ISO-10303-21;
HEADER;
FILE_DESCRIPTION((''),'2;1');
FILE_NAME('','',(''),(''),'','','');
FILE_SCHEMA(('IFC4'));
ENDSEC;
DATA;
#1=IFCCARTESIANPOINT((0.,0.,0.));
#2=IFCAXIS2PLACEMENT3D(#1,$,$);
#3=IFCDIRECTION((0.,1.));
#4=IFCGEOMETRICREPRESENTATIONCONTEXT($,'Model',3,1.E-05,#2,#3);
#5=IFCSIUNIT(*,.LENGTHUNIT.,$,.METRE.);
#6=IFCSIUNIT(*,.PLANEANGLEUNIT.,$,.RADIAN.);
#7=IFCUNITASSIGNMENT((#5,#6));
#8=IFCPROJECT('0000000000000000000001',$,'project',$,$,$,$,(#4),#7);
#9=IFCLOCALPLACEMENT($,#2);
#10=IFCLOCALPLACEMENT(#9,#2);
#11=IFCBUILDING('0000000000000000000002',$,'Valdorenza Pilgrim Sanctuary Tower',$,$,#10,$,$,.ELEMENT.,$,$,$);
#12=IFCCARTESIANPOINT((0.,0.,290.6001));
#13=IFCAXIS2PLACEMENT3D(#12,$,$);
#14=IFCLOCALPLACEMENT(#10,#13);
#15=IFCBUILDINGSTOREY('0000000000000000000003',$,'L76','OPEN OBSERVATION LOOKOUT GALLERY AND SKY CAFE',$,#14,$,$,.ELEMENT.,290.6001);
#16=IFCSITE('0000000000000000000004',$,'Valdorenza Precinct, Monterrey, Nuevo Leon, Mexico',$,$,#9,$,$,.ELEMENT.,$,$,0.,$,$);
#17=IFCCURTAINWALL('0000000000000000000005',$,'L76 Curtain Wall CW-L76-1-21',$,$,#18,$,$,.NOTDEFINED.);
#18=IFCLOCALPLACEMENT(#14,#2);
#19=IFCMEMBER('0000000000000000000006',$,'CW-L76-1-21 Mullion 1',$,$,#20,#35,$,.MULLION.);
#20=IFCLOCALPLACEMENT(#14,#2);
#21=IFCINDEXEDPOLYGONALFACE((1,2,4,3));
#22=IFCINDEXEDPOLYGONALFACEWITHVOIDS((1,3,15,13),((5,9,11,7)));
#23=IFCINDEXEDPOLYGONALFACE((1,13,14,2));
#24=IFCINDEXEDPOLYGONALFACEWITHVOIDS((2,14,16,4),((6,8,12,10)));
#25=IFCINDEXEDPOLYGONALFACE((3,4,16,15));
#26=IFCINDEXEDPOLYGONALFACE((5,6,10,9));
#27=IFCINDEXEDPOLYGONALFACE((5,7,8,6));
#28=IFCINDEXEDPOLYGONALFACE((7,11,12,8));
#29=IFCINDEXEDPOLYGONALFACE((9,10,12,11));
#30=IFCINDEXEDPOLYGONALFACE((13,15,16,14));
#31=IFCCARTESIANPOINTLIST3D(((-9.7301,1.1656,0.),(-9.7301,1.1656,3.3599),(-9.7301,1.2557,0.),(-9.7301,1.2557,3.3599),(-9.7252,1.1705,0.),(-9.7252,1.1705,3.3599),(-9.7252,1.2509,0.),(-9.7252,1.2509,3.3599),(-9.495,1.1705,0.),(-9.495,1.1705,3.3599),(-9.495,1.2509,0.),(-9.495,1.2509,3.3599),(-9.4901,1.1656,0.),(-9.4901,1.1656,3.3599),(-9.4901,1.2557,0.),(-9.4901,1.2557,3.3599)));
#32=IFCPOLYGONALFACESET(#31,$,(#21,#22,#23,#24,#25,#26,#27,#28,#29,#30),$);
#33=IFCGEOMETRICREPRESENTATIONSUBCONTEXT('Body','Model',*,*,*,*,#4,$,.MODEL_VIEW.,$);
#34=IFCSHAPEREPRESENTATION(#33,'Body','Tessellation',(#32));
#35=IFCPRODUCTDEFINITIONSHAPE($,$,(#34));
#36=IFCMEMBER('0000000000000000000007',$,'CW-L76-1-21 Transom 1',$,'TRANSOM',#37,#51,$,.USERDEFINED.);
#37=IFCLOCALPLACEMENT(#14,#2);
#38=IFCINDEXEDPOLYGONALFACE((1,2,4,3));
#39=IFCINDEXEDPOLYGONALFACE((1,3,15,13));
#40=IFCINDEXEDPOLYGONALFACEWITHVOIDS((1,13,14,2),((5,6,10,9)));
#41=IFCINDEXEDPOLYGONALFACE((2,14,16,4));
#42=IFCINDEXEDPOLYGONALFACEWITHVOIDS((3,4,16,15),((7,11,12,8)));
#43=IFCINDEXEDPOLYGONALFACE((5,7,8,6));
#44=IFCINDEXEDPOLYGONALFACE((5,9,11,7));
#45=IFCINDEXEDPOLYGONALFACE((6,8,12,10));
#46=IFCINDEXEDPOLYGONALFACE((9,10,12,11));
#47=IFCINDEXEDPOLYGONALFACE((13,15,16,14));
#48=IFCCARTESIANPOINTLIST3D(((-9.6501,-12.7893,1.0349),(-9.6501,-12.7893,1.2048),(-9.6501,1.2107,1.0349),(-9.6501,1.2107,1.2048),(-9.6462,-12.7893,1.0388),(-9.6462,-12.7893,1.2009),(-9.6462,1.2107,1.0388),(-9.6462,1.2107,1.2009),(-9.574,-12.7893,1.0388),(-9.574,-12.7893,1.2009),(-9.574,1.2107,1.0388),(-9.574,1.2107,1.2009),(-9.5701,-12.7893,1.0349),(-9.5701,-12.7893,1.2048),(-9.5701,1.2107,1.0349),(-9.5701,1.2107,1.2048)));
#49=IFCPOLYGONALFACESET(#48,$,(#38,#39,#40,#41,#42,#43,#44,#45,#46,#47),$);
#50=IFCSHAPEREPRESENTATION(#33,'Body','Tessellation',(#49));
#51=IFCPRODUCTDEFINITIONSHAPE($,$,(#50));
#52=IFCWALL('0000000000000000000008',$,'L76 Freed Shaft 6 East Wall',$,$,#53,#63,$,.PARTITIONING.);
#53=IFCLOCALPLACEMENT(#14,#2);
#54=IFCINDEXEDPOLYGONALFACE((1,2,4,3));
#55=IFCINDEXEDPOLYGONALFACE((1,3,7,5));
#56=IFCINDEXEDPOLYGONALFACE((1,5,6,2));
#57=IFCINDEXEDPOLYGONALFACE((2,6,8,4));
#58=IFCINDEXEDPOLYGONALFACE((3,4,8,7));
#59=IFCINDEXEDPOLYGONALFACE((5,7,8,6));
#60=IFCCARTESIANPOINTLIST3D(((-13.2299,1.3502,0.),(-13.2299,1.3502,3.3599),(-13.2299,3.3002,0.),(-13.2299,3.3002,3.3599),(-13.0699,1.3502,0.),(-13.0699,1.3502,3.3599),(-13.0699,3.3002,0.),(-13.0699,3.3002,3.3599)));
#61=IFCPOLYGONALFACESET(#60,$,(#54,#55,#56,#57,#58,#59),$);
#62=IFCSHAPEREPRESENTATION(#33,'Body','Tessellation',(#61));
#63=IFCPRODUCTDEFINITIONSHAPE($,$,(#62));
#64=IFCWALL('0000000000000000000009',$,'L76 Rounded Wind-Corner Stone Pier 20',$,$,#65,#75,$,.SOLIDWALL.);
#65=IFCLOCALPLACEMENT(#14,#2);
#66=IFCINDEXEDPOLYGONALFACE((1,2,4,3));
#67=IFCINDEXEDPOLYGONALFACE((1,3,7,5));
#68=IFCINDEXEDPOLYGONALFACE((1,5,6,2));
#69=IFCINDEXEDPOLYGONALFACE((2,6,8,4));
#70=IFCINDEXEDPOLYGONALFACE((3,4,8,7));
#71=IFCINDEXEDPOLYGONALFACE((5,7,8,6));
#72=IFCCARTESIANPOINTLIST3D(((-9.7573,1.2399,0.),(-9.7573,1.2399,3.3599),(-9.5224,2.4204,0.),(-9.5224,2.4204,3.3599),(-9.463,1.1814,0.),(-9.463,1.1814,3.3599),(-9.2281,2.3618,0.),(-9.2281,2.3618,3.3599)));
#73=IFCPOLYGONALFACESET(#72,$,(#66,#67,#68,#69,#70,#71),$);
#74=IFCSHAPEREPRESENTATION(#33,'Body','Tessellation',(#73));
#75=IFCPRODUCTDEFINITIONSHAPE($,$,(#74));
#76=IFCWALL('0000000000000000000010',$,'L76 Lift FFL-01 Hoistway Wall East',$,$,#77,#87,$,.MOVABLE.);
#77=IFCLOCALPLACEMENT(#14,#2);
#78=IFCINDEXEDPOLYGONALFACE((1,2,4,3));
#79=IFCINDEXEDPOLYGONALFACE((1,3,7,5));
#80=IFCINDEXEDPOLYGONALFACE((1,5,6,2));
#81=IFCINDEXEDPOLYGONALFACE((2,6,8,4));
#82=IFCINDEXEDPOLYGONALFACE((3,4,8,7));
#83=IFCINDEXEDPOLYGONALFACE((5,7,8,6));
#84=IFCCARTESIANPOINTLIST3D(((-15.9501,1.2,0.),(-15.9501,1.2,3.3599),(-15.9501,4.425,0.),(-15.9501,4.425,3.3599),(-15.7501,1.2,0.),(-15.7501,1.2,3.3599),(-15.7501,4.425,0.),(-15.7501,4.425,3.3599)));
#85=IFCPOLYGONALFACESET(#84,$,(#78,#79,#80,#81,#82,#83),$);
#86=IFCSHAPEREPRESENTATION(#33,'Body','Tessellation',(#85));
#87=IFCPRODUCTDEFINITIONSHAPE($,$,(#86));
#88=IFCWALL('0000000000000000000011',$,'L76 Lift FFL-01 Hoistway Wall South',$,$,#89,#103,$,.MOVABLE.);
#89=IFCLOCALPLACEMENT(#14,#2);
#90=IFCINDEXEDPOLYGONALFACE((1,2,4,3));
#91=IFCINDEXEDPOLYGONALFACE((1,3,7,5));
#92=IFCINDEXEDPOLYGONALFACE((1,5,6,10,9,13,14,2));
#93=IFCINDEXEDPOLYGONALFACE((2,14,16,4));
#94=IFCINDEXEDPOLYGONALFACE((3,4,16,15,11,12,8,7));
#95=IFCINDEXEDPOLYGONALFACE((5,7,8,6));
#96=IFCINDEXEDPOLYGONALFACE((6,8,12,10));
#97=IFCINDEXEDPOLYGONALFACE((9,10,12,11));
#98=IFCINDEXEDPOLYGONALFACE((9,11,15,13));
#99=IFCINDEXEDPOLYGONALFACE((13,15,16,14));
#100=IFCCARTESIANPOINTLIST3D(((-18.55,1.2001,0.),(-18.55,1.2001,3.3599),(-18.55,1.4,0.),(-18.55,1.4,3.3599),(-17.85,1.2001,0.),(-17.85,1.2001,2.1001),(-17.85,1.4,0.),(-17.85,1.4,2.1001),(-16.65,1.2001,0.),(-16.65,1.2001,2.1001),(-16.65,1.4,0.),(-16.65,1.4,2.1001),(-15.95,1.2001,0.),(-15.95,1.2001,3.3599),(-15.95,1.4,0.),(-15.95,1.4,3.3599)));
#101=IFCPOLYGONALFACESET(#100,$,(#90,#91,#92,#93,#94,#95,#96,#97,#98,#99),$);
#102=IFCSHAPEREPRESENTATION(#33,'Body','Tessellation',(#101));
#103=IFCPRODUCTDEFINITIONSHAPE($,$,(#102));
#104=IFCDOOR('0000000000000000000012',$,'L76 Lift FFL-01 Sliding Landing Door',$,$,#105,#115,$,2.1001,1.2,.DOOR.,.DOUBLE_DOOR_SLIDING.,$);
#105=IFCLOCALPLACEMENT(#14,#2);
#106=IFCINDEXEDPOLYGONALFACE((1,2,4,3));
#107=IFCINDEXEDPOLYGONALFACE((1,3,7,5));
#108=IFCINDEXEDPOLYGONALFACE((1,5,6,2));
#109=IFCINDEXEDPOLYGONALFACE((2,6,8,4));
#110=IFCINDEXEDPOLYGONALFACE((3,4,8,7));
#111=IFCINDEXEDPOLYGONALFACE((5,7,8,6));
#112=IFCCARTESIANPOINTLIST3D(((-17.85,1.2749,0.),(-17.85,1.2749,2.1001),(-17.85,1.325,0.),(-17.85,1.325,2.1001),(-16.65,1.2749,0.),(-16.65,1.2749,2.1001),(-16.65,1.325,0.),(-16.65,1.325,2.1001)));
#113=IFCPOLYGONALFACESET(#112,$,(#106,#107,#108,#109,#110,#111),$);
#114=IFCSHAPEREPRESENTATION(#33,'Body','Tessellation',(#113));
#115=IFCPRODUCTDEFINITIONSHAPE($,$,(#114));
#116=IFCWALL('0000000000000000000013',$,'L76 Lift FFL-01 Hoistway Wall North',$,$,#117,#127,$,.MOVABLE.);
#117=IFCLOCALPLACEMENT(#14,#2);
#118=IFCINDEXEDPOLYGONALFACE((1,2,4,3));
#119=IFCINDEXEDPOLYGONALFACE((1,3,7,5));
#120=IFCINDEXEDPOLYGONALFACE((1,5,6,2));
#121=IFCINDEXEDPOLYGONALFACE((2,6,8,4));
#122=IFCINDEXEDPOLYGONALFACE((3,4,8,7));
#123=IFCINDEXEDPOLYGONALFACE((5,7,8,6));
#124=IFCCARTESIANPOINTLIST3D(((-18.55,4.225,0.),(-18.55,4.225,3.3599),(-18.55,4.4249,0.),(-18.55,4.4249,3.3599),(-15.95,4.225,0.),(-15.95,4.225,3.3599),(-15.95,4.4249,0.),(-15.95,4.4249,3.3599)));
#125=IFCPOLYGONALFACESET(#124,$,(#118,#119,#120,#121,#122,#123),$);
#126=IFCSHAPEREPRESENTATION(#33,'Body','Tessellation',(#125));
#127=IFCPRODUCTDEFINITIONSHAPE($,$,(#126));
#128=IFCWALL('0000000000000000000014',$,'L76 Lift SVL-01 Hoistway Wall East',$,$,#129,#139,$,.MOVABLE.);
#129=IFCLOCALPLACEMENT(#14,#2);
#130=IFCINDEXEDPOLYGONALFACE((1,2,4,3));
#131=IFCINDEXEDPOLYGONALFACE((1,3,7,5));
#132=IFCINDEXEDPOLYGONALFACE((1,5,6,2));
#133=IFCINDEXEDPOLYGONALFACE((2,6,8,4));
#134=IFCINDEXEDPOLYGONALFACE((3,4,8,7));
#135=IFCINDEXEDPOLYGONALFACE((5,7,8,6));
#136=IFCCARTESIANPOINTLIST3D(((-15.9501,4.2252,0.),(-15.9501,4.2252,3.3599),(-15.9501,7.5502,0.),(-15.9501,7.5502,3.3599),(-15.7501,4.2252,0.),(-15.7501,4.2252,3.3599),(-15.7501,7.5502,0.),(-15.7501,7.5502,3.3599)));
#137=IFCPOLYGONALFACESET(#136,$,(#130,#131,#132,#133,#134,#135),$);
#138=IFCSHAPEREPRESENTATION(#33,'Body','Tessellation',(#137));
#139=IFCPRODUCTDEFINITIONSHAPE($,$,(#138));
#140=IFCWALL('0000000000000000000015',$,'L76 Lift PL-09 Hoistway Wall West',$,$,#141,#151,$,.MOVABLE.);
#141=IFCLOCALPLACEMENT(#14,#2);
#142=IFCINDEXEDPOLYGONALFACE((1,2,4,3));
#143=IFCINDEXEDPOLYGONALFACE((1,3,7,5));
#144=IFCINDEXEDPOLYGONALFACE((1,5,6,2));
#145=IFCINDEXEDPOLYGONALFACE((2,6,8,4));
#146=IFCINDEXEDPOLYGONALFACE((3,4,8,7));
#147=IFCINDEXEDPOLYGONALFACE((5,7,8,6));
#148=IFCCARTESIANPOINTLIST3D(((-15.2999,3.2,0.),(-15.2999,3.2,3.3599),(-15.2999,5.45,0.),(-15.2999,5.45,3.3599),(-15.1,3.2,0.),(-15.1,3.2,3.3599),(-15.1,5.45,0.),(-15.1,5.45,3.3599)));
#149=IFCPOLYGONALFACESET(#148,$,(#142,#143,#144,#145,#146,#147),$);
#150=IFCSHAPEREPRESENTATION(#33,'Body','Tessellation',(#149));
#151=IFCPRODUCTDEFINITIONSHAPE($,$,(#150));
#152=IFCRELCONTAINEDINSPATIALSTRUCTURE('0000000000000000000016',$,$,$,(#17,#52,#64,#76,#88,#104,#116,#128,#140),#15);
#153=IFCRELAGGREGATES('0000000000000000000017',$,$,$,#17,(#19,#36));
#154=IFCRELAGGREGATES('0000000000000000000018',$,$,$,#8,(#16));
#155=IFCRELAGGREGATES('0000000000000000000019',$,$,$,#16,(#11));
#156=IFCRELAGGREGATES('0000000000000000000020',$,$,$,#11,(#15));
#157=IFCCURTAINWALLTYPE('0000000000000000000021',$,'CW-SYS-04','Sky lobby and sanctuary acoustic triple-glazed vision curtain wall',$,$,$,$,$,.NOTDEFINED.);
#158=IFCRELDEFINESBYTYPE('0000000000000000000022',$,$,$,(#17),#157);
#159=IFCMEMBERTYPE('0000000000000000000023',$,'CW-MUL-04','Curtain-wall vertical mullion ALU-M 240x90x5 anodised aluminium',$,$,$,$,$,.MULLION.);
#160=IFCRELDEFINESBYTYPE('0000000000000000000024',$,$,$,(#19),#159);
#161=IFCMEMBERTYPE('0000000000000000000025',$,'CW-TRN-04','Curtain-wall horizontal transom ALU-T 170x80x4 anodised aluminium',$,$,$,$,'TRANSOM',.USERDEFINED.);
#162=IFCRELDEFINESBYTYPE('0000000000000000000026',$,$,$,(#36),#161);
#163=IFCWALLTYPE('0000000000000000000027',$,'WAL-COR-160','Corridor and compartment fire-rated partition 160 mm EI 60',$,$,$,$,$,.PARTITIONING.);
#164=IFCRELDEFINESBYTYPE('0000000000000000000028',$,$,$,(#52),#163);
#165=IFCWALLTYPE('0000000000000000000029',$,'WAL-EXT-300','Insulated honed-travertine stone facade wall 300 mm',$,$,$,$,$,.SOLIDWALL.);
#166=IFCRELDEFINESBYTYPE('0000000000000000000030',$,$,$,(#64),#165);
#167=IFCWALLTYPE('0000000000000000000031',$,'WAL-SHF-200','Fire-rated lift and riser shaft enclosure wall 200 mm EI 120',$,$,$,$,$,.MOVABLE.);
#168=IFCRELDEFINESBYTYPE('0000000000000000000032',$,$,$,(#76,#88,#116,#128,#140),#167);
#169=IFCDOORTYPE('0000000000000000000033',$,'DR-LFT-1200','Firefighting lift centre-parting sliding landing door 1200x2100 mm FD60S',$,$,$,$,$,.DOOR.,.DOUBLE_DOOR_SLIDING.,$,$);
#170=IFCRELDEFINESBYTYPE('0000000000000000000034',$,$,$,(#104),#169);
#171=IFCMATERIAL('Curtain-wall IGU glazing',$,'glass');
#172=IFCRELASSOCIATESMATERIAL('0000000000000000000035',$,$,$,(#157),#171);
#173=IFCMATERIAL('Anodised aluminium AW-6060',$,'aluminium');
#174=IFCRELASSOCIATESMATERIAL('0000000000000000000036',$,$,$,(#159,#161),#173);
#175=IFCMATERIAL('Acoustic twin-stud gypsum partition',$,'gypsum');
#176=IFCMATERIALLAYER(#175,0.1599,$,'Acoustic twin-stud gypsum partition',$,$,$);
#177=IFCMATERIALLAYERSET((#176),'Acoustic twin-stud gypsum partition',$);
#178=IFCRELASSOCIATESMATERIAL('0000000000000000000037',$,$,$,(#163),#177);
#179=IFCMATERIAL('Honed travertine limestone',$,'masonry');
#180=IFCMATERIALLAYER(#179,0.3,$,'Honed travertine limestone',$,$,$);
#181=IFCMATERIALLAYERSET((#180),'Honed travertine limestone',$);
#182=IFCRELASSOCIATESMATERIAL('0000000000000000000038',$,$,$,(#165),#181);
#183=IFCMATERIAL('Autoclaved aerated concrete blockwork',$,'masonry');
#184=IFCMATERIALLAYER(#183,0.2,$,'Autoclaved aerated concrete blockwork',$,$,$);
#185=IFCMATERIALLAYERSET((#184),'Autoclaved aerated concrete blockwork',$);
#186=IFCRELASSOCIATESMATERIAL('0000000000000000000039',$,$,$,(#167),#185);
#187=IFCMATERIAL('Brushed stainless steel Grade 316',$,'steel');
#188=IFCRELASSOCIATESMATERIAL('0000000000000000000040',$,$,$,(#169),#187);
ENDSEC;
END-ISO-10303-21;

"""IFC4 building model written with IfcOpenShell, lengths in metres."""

from ifc_helpers import new_model, si_unit, direction, frame, frame_2d, origin, origin_2d, place, context, subcontext, project, spatial, rectangle, hollow_rectangle, extrude, source, transform, mapped, material, layer, layer_set, material_profile, profile_set, type_object, element, fill, aggregate, save


model = new_model("IFC4")

# Units and contexts
model_context = context("Model", 3, precision=1e-05, world=origin(), true_north=direction((0.0, 1.0)))
body_context = subcontext(model_context, "Body", "Model", "MODEL_VIEW")
ifc_project = project(units=[si_unit("LENGTHUNIT", "METRE"), si_unit("PLANEANGLEUNIT", "RADIAN")], contexts=[model_context])

# Site, building, storey
site_placement = place(None, origin())
site = spatial("IfcSite", under=ifc_project, at=site_placement, Name="Valdorenza Precinct, Monterrey, Nuevo Leon, Mexico", CompositionType="ELEMENT", RefElevation=0.0)
building_placement = place(site_placement, origin())
building = spatial("IfcBuilding", under=site, at=building_placement, Name="Valdorenza Pilgrim Sanctuary Tower", CompositionType="ELEMENT")
storey_placement = place(building_placement, frame((0.0, 0.0, 290.6001)))
storey = spatial("IfcBuildingStorey", under=building, at=storey_placement, Name="L76", Description="OPEN OBSERVATION LOOKOUT GALLERY AND SKY CAFE", CompositionType="ELEMENT", Elevation=290.6001)

# Curtain wall, members
ifc_material_1 = material(Name="Curtain-wall IGU glazing", Category="glass")
curtain_wall_type = type_object("IfcCurtainWallType", Name="CW-SYS-04", Description="Sky lobby and sanctuary acoustic triple-glazed vision curtain wall", PredefinedType="NOTDEFINED", material=ifc_material_1)
curtain_wall_placement = place(storey_placement, origin())
curtain_wall = element("IfcCurtainWall", 1, at=curtain_wall_placement, inside=storey, type_object=curtain_wall_type, Name="L76 Curtain Wall CW-L76-1-21", PredefinedType="NOTDEFINED")
ifc_material_2 = material(Name="Anodised aluminium AW-6060", Category="aluminium")
ifc_material_profile_1 = material_profile(ifc_material_2, hollow_rectangle(XDim=0.0901, YDim=0.24, WallThickness=0.0049, at=origin_2d()), Name="ALU-M 240x90x5")
ifc_profile_set_1 = profile_set([ifc_material_profile_1], Name="Anodised aluminium AW-6060")
member_type_1 = type_object("IfcMemberType", Name="CW-MUL-04", Description="Curtain-wall vertical mullion ALU-M 240x90x5 anodised aluminium", PredefinedType="MULLION", material=ifc_profile_set_1)
shared_shape_1 = source(origin(), body_context, "Body", "SweptSolid", [
    extrude(hollow_rectangle(XDim=0.0901, YDim=0.24, WallThickness=0.0049, at=origin_2d()), origin(), (0.0, 0.0, 1.0), 3.3599),
])
member_1_placement = place(storey_placement, frame((-9.6101, 1.2107, 0.0), z_axis=(0.0, 0.0, 1.0), x_axis=(0.0, -1.0, 0.0)))
member_1 = element("IfcMember", 2, at=member_1_placement, type_object=member_type_1, Name="CW-L76-1-21 Mullion 1", PredefinedType="MULLION", context=body_context, shape_type="MappedRepresentation", body=[
    mapped(shared_shape_1, transform((0.0, 0.0, 0.0), x_axis=(1.0, 0.0, 0.0), y_axis=(0.0, 1.0, 0.0), z_axis=(0.0, 0.0, 1.0), scale=1.0)),
])
ifc_material_profile_2 = material_profile(ifc_material_2, hollow_rectangle(XDim=0.0801, YDim=0.1699, WallThickness=0.0039, at=origin_2d()), Name="ALU-T 170x80x4")
ifc_profile_set_2 = profile_set([ifc_material_profile_2], Name="Anodised aluminium AW-6060")
member_type_2 = type_object("IfcMemberType", Name="CW-TRN-04", Description="Curtain-wall horizontal transom ALU-T 170x80x4 anodised aluminium", ElementType="TRANSOM", PredefinedType="USERDEFINED", material=ifc_profile_set_2)
shared_shape_2 = source(origin(), body_context, "Body", "SweptSolid", [
    extrude(hollow_rectangle(XDim=0.0801, YDim=0.1699, WallThickness=0.0039, at=origin_2d()), origin(), (0.0, 0.0, 1.0), 14.0),
])
member_2_placement = place(storey_placement, frame((-9.6101, 1.2107, 1.1199), z_axis=(0.0, -1.0, 0.0), x_axis=(1.0, 0.0, 0.0)))
member_2 = element("IfcMember", 3, at=member_2_placement, type_object=member_type_2, Name="CW-L76-1-21 Transom 1", ObjectType="TRANSOM", PredefinedType="USERDEFINED", context=body_context, shape_type="MappedRepresentation", body=[
    mapped(shared_shape_2, transform((0.0, 0.0, 0.0), x_axis=(1.0, 0.0, 0.0), y_axis=(0.0, 1.0, 0.0), z_axis=(0.0, 0.0, 1.0), scale=1.0)),
])
aggregate(curtain_wall, [member_1, member_2])

# Wall
ifc_material_3 = material(Name="Acoustic twin-stud gypsum partition", Category="gypsum")
ifc_layer_1 = layer(ifc_material_3, 0.1599, Name="Acoustic twin-stud gypsum partition")
ifc_layer_set_1 = layer_set([ifc_layer_1], Name="Acoustic twin-stud gypsum partition")
wall_type_1 = type_object("IfcWallType", Name="WAL-COR-160", Description="Corridor and compartment fire-rated partition 160 mm EI 60", PredefinedType="PARTITIONING", material=ifc_layer_set_1)
wall_1_placement = place(storey_placement, frame((-13.1499, 1.3501, 0.0), z_axis=(0.0, 0.0, 1.0), x_axis=(0.0, 1.0, 0.0)))
element("IfcWall", 4, at=wall_1_placement, inside=storey, type_object=wall_type_1, Name="L76 Freed Shaft 6 East Wall", PredefinedType="PARTITIONING", context=body_context, shape_type="SweptSolid", body=[
    extrude(rectangle(XDim=1.95, YDim=0.1599, at=frame_2d((0.9751, 0.0))), origin(), (0.0, 0.0, 1.0), 3.3599),
])

# Walls
ifc_material_4 = material(Name="Honed travertine limestone", Category="masonry")
ifc_layer_2 = layer(ifc_material_4, 0.3, Name="Honed travertine limestone")
ifc_layer_set_2 = layer_set([ifc_layer_2], Name="Honed travertine limestone")
wall_type_2 = type_object("IfcWallType", Name="WAL-EXT-300", Description="Insulated honed-travertine stone facade wall 300 mm", PredefinedType="SOLIDWALL", material=ifc_layer_set_2)
wall_2_placement = place(storey_placement, frame((-9.3752, 2.3911, 0.0), z_axis=(0.0, 0.0, 1.0), x_axis=(-0.195141, -0.980775, 0.0)))
element("IfcWall", 5, at=wall_2_placement, inside=storey, type_object=wall_type_2, Name="L76 Rounded Wind-Corner Stone Pier 20", PredefinedType="SOLIDWALL", context=body_context, shape_type="SweptSolid", body=[
    extrude(rectangle(XDim=1.2036, YDim=0.3, at=frame_2d((0.6018, 0.0))), origin(), (0.0, 0.0, 1.0), 3.3599),
])
ifc_material_5 = material(Name="Autoclaved aerated concrete blockwork", Category="masonry")
ifc_layer_3 = layer(ifc_material_5, 0.2, Name="Autoclaved aerated concrete blockwork")
ifc_layer_set_3 = layer_set([ifc_layer_3], Name="Autoclaved aerated concrete blockwork")
wall_type_3 = type_object("IfcWallType", Name="WAL-SHF-200", Description="Fire-rated lift and riser shaft enclosure wall 200 mm EI 120", PredefinedType="MOVABLE", material=ifc_layer_set_3)
wall_3_placement = place(storey_placement, frame((-15.8501, 1.2, 0.0), z_axis=(0.0, 0.0, 1.0), x_axis=(0.0, 1.0, 0.0)))
element("IfcWall", 6, at=wall_3_placement, inside=storey, type_object=wall_type_3, Name="L76 Lift FFL-01 Hoistway Wall East", PredefinedType="MOVABLE", context=body_context, shape_type="SweptSolid", body=[
    extrude(rectangle(XDim=3.2251, YDim=0.2, at=frame_2d((1.6125, 0.0))), origin(), (0.0, 0.0, 1.0), 3.3599),
])

# Wall, opening, door
wall_4_placement = place(storey_placement, frame((-18.55, 1.3, 0.0), z_axis=(0.0, 0.0, 1.0), x_axis=(1.0, 0.0, 0.0)))
wall_4 = element("IfcWall", 7, at=wall_4_placement, inside=storey, type_object=wall_type_3, Name="L76 Lift FFL-01 Hoistway Wall South", PredefinedType="MOVABLE", context=body_context, shape_type="SweptSolid", body=[
    extrude(rectangle(XDim=2.6001, YDim=0.2, at=frame_2d((1.3, 0.0))), origin(), (0.0, 0.0, 1.0), 3.3599),
])
opening_1_placement = place(wall_4_placement, frame((0.7, 0.0, 0.0)))
opening_1 = element("IfcOpeningElement", 8, at=opening_1_placement, cuts=wall_4, PredefinedType="OPENING", context=body_context, shape_type="SweptSolid", body=[
    extrude(rectangle(XDim=1.2, YDim=2.1001, at=frame_2d((0.6001, 1.05))), frame((0.0, 0.1147, 0.0), z_axis=(0.0, -1.0, 0.0), x_axis=(1.0, 0.0, 0.0)), (0.0, 0.0, 1.0), 0.2297),
])
ifc_material_6 = material(Name="Brushed stainless steel Grade 316", Category="steel")
door_type_1 = type_object("IfcDoorType", Name="DR-LFT-1200", Description="Firefighting lift centre-parting sliding landing door 1200x2100 mm FD60S", OperationType="DOUBLE_DOOR_SLIDING", PredefinedType="DOOR", material=ifc_material_6)
door_1_placement = place(opening_1_placement, origin())
door_1 = element("IfcDoor", 9, at=door_1_placement, inside=storey, type_object=door_type_1, Name="L76 Lift FFL-01 Sliding Landing Door", OperationType="DOUBLE_DOOR_SLIDING", OverallHeight=2.1001, OverallWidth=1.2, PredefinedType="DOOR", context=body_context, shape_type="SweptSolid", body=[
    extrude(rectangle(XDim=1.2, YDim=2.1001, at=frame_2d((0.6001, 1.05))), frame((0.0, 0.0249, 0.0), z_axis=(0.0, -1.0, 0.0), x_axis=(1.0, 0.0, 0.0)), (0.0, 0.0, 1.0), 0.05),
])
fill(opening_1, door_1)

# Walls
wall_5_placement = place(storey_placement, frame((-18.55, 4.325, 0.0), z_axis=(0.0, 0.0, 1.0), x_axis=(1.0, 0.0, 0.0)))
element("IfcWall", 10, at=wall_5_placement, inside=storey, type_object=wall_type_3, Name="L76 Lift FFL-01 Hoistway Wall North", PredefinedType="MOVABLE", context=body_context, shape_type="SweptSolid", body=[
    extrude(rectangle(XDim=2.6001, YDim=0.2, at=frame_2d((1.3, 0.0))), origin(), (0.0, 0.0, 1.0), 3.3599),
])
wall_6_placement = place(storey_placement, frame((-15.8501, 4.2251, 0.0), z_axis=(0.0, 0.0, 1.0), x_axis=(0.0, 1.0, 0.0)))
element("IfcWall", 11, at=wall_6_placement, inside=storey, type_object=wall_type_3, Name="L76 Lift SVL-01 Hoistway Wall East", PredefinedType="MOVABLE", context=body_context, shape_type="SweptSolid", body=[
    extrude(rectangle(XDim=3.325, YDim=0.2, at=frame_2d((1.6626, 0.0))), origin(), (0.0, 0.0, 1.0), 3.3599),
])
wall_7_placement = place(storey_placement, frame((-15.2, 3.2, 0.0), z_axis=(0.0, 0.0, 1.0), x_axis=(0.0, 1.0, 0.0)))
element("IfcWall", 12, at=wall_7_placement, inside=storey, type_object=wall_type_3, Name="L76 Lift PL-09 Hoistway Wall West", PredefinedType="MOVABLE", context=body_context, shape_type="SweptSolid", body=[
    extrude(rectangle(XDim=2.25, YDim=0.2, at=frame_2d((1.125, 0.0))), origin(), (0.0, 0.0, 1.0), 3.3599),
])

save(model, "model.ifc")
